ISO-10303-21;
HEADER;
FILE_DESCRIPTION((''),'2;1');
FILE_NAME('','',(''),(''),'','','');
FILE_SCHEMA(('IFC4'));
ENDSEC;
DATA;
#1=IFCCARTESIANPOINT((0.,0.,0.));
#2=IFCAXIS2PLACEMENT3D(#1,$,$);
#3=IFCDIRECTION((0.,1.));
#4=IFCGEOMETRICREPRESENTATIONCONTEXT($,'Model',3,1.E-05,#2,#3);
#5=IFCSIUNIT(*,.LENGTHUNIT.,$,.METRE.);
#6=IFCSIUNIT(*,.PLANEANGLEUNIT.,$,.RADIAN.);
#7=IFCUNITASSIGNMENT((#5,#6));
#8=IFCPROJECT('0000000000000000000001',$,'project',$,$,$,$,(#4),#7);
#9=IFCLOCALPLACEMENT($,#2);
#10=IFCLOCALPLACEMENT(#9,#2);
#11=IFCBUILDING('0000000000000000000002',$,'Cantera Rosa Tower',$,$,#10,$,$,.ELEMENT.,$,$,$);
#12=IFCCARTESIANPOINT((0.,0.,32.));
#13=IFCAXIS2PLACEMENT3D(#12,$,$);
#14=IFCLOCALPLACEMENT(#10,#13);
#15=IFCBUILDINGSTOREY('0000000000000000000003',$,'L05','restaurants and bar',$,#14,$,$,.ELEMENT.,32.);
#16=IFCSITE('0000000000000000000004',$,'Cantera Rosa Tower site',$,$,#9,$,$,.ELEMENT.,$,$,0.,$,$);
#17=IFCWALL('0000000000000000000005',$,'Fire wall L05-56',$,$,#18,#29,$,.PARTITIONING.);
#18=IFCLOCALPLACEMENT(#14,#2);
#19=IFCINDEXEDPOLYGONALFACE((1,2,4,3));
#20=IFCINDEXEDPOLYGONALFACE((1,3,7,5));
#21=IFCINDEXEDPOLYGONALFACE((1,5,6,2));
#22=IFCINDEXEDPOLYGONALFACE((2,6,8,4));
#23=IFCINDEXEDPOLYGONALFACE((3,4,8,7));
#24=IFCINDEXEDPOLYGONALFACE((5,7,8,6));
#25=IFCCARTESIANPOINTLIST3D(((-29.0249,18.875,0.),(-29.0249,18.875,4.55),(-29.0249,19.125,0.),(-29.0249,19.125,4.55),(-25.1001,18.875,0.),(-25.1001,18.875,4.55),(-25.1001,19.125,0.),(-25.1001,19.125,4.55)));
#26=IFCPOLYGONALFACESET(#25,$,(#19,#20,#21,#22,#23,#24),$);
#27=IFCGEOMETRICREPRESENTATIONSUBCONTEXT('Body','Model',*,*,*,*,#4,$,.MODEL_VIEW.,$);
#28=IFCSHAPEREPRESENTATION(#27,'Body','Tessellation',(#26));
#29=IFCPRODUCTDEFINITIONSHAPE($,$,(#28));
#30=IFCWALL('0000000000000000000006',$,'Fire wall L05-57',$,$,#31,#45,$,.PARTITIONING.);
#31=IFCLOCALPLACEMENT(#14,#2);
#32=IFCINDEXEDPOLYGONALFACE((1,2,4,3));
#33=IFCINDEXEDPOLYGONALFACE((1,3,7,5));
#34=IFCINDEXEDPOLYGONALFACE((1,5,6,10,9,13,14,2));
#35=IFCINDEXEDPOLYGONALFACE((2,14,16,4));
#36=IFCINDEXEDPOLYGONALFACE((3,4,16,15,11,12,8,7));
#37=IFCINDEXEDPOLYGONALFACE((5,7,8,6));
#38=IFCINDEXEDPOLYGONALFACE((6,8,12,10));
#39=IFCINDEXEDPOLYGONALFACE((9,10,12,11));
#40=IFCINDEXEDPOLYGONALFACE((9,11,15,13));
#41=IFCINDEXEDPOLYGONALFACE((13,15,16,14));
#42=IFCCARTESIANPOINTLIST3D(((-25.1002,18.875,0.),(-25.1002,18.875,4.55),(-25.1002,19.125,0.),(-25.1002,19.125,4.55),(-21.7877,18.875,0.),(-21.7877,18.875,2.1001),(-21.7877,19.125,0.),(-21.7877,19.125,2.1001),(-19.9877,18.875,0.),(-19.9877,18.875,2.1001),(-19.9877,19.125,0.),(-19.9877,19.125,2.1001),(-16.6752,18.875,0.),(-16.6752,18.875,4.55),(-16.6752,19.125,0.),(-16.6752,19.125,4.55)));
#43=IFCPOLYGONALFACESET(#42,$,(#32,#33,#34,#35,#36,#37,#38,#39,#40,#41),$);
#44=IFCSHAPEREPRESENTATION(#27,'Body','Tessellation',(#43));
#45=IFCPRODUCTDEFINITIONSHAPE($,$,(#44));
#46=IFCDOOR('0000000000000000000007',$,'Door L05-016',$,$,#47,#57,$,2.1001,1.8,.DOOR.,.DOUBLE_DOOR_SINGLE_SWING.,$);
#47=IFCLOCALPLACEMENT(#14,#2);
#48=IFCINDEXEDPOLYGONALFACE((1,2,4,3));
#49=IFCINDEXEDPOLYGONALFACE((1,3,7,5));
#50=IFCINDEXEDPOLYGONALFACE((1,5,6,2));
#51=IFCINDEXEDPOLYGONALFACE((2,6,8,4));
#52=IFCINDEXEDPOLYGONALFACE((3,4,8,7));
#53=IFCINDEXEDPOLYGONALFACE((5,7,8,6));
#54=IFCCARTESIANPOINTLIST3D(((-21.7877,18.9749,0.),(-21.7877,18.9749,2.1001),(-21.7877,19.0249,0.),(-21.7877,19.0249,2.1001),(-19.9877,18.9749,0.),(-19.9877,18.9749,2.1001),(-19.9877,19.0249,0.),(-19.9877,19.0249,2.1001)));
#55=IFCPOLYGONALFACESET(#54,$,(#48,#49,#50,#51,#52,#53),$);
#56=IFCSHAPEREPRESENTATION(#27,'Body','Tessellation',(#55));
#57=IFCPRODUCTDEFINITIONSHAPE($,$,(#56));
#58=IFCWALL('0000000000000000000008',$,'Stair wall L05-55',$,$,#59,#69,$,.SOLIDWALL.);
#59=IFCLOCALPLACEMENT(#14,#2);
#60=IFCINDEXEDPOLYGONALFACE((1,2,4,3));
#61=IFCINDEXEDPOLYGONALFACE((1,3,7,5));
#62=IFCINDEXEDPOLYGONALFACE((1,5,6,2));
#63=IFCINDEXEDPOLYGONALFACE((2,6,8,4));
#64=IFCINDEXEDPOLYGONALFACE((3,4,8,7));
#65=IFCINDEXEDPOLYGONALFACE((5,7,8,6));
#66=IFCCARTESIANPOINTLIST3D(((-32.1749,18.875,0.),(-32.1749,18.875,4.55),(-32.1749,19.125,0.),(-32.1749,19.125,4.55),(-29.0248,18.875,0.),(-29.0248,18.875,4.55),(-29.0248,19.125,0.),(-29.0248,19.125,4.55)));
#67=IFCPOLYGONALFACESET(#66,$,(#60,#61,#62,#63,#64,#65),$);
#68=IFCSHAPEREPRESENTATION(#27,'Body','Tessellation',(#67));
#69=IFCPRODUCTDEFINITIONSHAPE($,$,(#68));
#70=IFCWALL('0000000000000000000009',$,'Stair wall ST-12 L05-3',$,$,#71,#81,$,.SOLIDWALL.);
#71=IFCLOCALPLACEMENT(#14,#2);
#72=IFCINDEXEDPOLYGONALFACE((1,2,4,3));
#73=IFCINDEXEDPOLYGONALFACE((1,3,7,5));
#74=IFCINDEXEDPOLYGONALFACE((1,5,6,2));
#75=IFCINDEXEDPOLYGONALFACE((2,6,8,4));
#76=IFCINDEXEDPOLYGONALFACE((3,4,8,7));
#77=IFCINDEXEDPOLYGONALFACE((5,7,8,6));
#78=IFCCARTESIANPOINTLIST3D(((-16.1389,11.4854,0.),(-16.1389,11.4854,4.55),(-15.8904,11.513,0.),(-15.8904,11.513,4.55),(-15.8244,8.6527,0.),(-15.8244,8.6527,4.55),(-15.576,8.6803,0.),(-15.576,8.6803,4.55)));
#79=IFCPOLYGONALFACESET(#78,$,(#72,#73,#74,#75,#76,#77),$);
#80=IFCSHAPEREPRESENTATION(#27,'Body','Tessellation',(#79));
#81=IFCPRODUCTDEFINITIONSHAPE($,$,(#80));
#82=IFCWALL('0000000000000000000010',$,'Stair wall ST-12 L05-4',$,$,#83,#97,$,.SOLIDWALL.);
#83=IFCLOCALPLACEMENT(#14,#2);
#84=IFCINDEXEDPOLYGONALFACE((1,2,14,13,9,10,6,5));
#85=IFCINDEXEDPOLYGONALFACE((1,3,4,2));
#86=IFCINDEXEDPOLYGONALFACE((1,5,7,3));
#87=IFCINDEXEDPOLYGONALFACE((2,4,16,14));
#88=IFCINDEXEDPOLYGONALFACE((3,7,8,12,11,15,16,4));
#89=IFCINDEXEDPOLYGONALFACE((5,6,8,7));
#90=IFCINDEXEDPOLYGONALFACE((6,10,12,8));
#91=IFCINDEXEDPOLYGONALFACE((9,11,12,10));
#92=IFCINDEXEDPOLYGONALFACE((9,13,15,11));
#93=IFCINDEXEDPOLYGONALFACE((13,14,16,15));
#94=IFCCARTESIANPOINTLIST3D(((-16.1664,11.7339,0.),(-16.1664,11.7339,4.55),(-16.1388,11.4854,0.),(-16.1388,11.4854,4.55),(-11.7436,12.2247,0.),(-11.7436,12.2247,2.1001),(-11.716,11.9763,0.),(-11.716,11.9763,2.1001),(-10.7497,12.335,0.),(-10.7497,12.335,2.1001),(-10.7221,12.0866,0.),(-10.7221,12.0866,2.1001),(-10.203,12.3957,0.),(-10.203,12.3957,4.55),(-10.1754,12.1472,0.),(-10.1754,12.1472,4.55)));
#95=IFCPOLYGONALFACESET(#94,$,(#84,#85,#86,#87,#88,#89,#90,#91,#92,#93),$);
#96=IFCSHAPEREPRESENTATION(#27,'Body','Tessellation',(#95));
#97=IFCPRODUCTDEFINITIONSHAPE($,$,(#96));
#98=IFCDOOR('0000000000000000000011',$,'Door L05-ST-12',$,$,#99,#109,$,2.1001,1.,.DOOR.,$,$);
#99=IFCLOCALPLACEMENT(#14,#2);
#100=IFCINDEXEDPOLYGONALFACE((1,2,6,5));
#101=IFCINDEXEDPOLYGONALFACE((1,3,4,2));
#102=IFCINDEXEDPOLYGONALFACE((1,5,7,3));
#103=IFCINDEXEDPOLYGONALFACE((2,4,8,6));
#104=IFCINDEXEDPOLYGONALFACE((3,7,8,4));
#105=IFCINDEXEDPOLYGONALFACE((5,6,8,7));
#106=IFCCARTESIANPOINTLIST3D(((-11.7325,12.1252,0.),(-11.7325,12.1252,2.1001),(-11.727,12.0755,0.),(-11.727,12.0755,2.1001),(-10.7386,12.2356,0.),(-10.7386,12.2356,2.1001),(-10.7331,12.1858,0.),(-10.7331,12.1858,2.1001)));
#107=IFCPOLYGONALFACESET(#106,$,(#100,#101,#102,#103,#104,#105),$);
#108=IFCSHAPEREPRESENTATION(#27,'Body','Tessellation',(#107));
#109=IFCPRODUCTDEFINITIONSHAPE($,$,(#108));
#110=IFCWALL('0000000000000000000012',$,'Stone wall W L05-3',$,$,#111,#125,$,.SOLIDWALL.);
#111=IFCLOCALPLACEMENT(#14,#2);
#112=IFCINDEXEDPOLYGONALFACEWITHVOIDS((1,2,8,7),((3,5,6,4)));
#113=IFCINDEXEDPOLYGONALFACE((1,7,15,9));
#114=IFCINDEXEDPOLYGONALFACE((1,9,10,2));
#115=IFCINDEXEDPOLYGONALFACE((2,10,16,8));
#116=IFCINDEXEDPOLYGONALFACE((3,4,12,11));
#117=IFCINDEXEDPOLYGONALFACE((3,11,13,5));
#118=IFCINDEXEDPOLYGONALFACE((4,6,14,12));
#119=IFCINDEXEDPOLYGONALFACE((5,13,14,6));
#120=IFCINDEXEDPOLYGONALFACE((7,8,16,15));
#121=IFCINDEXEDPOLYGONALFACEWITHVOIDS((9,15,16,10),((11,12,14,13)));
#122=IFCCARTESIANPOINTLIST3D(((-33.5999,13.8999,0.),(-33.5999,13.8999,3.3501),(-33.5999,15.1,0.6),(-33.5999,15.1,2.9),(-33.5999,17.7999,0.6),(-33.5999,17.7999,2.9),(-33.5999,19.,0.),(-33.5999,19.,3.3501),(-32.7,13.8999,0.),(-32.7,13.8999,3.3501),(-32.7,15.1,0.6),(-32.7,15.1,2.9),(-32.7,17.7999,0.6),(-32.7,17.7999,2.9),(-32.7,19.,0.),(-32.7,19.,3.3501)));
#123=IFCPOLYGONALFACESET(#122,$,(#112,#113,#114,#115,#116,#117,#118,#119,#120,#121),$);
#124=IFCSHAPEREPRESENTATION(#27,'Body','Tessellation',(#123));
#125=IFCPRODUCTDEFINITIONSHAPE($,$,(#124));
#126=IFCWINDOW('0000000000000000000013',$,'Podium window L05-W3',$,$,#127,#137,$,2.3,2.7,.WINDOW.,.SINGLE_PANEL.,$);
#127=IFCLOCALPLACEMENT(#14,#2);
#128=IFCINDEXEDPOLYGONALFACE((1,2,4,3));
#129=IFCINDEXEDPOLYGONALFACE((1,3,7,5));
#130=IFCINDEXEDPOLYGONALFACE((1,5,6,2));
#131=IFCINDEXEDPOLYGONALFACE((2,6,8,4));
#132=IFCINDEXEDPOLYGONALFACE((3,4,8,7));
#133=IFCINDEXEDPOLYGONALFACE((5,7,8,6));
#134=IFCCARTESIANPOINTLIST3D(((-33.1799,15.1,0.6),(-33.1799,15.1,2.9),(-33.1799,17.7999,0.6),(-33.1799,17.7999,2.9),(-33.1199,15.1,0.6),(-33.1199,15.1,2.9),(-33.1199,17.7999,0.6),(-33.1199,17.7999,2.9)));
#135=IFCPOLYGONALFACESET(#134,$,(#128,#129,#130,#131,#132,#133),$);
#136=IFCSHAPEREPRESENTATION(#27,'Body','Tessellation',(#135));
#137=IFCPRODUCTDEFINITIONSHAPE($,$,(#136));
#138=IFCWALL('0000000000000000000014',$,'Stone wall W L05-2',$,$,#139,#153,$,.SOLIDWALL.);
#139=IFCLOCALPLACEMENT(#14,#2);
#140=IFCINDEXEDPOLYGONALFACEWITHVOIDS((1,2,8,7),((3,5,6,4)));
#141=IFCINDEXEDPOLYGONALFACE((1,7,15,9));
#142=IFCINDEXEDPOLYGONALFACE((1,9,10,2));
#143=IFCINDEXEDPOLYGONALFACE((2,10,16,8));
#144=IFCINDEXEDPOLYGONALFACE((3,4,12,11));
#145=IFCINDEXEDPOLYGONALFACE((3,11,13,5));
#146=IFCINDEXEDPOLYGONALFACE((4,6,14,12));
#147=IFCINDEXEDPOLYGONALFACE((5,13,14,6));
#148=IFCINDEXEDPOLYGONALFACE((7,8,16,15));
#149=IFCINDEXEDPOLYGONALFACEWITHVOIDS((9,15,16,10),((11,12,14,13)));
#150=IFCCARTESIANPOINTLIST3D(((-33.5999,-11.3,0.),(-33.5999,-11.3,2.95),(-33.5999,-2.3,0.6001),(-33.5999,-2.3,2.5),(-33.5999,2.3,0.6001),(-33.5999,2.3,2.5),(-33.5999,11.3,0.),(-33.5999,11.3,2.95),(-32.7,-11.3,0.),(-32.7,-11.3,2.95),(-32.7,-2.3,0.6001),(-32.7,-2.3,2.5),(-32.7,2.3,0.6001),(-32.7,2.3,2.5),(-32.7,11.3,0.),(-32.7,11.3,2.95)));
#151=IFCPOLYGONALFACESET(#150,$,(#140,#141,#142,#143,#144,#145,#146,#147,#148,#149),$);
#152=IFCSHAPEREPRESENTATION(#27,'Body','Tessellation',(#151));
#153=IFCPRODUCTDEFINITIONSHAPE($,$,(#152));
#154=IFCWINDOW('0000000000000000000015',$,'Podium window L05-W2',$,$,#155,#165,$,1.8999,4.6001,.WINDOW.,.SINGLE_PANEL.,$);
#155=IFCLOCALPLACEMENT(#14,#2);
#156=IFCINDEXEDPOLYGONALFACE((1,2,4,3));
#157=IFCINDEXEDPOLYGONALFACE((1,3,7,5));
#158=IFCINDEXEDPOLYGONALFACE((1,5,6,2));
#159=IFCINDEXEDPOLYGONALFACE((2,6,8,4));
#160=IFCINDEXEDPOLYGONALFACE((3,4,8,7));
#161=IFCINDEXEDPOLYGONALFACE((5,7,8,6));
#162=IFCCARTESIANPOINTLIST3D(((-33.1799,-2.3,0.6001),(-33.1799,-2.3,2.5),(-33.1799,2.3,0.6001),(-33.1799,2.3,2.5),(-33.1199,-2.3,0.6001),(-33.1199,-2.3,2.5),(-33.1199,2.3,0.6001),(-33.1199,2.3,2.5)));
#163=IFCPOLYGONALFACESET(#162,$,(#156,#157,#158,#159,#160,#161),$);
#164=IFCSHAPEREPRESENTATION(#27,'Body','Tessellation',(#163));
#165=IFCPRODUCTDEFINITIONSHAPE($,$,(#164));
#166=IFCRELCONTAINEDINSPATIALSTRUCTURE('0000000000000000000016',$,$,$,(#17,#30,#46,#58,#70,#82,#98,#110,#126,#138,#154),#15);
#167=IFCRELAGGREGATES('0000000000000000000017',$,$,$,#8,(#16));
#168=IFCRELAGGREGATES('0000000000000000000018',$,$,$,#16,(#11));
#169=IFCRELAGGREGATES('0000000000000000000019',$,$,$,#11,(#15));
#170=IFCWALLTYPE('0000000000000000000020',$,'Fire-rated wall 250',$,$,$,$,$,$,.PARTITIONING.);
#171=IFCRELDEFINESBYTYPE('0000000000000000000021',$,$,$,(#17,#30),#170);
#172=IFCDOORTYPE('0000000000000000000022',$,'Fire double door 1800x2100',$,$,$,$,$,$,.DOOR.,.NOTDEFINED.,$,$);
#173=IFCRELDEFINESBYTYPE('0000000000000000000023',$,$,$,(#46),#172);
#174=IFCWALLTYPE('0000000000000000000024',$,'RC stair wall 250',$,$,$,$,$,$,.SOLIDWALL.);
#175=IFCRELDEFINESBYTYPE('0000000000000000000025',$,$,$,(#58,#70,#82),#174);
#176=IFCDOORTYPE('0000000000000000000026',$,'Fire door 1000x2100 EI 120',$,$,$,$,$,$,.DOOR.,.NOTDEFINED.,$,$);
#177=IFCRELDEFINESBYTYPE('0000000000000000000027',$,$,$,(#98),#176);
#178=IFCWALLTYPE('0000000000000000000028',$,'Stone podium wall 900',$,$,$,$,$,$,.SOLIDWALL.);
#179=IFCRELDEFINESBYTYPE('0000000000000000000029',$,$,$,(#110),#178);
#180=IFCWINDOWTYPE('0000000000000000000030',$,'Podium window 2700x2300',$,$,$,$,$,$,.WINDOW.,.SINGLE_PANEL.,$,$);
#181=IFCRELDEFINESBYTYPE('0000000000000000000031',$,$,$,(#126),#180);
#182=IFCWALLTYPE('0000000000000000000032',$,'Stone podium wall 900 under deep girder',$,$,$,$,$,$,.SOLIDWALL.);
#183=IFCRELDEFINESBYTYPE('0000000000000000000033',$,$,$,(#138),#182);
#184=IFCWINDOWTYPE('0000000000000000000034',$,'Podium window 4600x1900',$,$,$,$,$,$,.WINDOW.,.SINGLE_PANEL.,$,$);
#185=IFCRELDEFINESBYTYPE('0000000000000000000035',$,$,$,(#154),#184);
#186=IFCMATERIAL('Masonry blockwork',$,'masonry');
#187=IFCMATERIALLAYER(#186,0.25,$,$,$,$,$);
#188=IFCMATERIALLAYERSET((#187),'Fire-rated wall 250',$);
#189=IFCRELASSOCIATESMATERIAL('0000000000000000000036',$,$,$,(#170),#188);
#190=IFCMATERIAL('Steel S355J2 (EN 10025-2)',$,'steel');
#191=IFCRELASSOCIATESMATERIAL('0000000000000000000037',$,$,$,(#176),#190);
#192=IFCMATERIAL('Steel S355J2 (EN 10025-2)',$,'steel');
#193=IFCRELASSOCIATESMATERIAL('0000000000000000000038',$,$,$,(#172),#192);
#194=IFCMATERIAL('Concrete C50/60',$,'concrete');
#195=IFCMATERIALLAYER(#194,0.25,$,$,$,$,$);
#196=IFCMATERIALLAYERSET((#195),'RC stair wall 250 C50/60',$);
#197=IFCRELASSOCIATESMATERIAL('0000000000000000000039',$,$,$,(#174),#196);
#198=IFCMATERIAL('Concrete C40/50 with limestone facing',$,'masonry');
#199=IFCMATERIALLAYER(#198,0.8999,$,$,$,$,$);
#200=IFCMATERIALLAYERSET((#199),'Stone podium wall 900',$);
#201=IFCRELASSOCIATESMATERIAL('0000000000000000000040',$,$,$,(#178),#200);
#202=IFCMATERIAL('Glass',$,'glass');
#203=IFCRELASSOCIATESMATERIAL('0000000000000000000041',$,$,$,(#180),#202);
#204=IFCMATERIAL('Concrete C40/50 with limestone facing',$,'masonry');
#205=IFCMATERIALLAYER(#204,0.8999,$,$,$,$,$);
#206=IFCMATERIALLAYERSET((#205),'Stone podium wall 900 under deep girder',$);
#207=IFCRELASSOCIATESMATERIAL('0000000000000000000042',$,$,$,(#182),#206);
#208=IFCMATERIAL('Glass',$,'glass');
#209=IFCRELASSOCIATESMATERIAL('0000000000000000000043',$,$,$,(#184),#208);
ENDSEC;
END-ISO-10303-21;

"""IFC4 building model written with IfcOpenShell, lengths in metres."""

from ifc_helpers import new_model, si_unit, direction, frame, frame_2d, origin, place, context, subcontext, project, spatial, rectangle, extrude, material, layer, layer_set, type_object, element, fill, save


model = new_model("IFC4")

# Units and contexts
model_context = context("Model", 3, precision=1e-05, world=origin(), true_north=direction((0.0, 1.0)))
body_context = subcontext(model_context, "Body", "Model", "MODEL_VIEW")
ifc_project = project(units=[si_unit("LENGTHUNIT", "METRE"), si_unit("PLANEANGLEUNIT", "RADIAN")], contexts=[model_context])

# Site, building, storey
site_placement = place(None, origin())
site = spatial("IfcSite", under=ifc_project, at=site_placement, Name="Cantera Rosa Tower site", CompositionType="ELEMENT", RefElevation=0.0)
building_placement = place(site_placement, origin())
building = spatial("IfcBuilding", under=site, at=building_placement, Name="Cantera Rosa Tower", CompositionType="ELEMENT")
storey_placement = place(building_placement, frame((0.0, 0.0, 32.0)))
storey = spatial("IfcBuildingStorey", under=building, at=storey_placement, Name="L05", Description="restaurants and bar", CompositionType="ELEMENT", Elevation=32.0)

# Shared definitions
ifc_material_1 = material(Name="Masonry blockwork", Category="masonry")
ifc_layer_1 = layer(ifc_material_1, 0.25)
ifc_layer_set_1 = layer_set([ifc_layer_1], Name="Fire-rated wall 250")
wall_type_1 = type_object("IfcWallType", Name="Fire-rated wall 250", PredefinedType="PARTITIONING", material=ifc_layer_set_1)

# Shared definitions
ifc_material_2 = material(Name="Steel S355J2 (EN 10025-2)", Category="steel")
door_type_1 = type_object("IfcDoorType", Name="Fire door 1000x2100 EI 120", OperationType="NOTDEFINED", PredefinedType="DOOR", material=ifc_material_2)

# Wall
wall_1_placement = place(storey_placement, frame((-29.0249, 19.0, 0.0), z_axis=(0.0, 0.0, 1.0), x_axis=(1.0, 0.0, 0.0)))
element("IfcWall", 1, at=wall_1_placement, inside=storey, type_object=wall_type_1, Name="Fire wall L05-56", PredefinedType="PARTITIONING", context=body_context, shape_type="SweptSolid", body=[
    extrude(rectangle(XDim=3.9248, YDim=0.25, at=frame_2d((1.9624, 0.0))), origin(), (0.0, 0.0, 1.0), 4.55),
])

# Wall, opening, door
wall_2_placement = place(storey_placement, frame((-25.1001, 19.0, 0.0), z_axis=(0.0, 0.0, 1.0), x_axis=(1.0, 0.0, 0.0)))
wall_2 = element("IfcWall", 2, at=wall_2_placement, inside=storey, type_object=wall_type_1, Name="Fire wall L05-57", PredefinedType="PARTITIONING", context=body_context, shape_type="SweptSolid", body=[
    extrude(rectangle(XDim=8.425, YDim=0.25, at=frame_2d((4.2124, 0.0))), origin(), (0.0, 0.0, 1.0), 4.55),
])
opening_1_placement = place(wall_2_placement, frame((3.3125, 0.0, 0.0)))
opening_1 = element("IfcOpeningElement", 3, at=opening_1_placement, cuts=wall_2, PredefinedType="OPENING", context=body_context, shape_type="SweptSolid", body=[
    extrude(rectangle(XDim=1.8, YDim=2.1001, at=frame_2d((0.8999, 1.05))), frame((0.0, 0.135, 0.0), z_axis=(0.0, -1.0, 0.0), x_axis=(1.0, 0.0, 0.0)), (0.0, 0.0, 1.0), 0.27),
])
ifc_material_3 = material(Name="Steel S355J2 (EN 10025-2)", Category="steel")
door_type_2 = type_object("IfcDoorType", Name="Fire double door 1800x2100", OperationType="NOTDEFINED", PredefinedType="DOOR", material=ifc_material_3)
door_1_placement = place(opening_1_placement, origin())
door_1 = element("IfcDoor", 4, at=door_1_placement, inside=storey, type_object=door_type_2, Name="Door L05-016", OperationType="DOUBLE_DOOR_SINGLE_SWING", OverallHeight=2.1001, OverallWidth=1.8, PredefinedType="DOOR", context=body_context, shape_type="SweptSolid", body=[
    extrude(rectangle(XDim=1.8, YDim=2.1001, at=frame_2d((0.8999, 1.05))), frame((0.0, 0.0249, 0.0), z_axis=(0.0, -1.0, 0.0), x_axis=(1.0, 0.0, 0.0)), (0.0, 0.0, 1.0), 0.05),
])
fill(opening_1, door_1)

# Walls
ifc_material_4 = material(Name="Concrete C50/60", Category="concrete")
ifc_layer_2 = layer(ifc_material_4, 0.25)
ifc_layer_set_2 = layer_set([ifc_layer_2], Name="RC stair wall 250 C50/60")
wall_type_2 = type_object("IfcWallType", Name="RC stair wall 250", PredefinedType="SOLIDWALL", material=ifc_layer_set_2)
wall_3_placement = place(storey_placement, frame((-32.175, 19.0, 0.0), z_axis=(0.0, 0.0, 1.0), x_axis=(1.0, 0.0, 0.0)))
element("IfcWall", 5, at=wall_3_placement, inside=storey, type_object=wall_type_2, Name="Stair wall L05-55", PredefinedType="SOLIDWALL", context=body_context, shape_type="SweptSolid", body=[
    extrude(rectangle(XDim=3.1501, YDim=0.25, at=frame_2d((1.5752, 0.0))), origin(), (0.0, 0.0, 1.0), 4.55),
])
wall_4_placement = place(storey_placement, frame((-15.7002, 8.6665, 0.0), z_axis=(0.0, 0.0, 1.0), x_axis=(-0.110328, 0.993895, 0.0)))
element("IfcWall", 6, at=wall_4_placement, inside=storey, type_object=wall_type_2, Name="Stair wall ST-12 L05-3", PredefinedType="SOLIDWALL", context=body_context, shape_type="SweptSolid", body=[
    extrude(rectangle(XDim=2.8501, YDim=0.25, at=frame_2d((1.425, 0.0))), origin(), (0.0, 0.0, 1.0), 4.55),
])

# Wall, opening, door
wall_5_placement = place(storey_placement, frame((-16.1526, 11.6096, 0.0), z_axis=(0.0, 0.0, 1.0), x_axis=(0.993897, 0.110311, 0.0)))
wall_5 = element("IfcWall", 7, at=wall_5_placement, inside=storey, type_object=wall_type_2, Name="Stair wall ST-12 L05-4", PredefinedType="SOLIDWALL", context=body_context, shape_type="SweptSolid", body=[
    extrude(rectangle(XDim=6.0, YDim=0.25, at=frame_2d((3.0, 0.0))), origin(), (0.0, 0.0, 1.0), 4.55),
])
opening_2_placement = place(wall_5_placement, frame((4.45, 0.0, 0.0)))
opening_2 = element("IfcOpeningElement", 8, at=opening_2_placement, cuts=wall_5, PredefinedType="OPENING", context=body_context, shape_type="SweptSolid", body=[
    extrude(rectangle(XDim=1.0, YDim=2.1001, at=frame_2d((0.5, 1.05))), frame((0.0, 0.135, 0.0), z_axis=(0.0, -1.0, 0.0), x_axis=(1.0, 0.0, 0.0)), (0.0, 0.0, 1.0), 0.27),
])
door_2_placement = place(opening_2_placement, origin())
door_2 = element("IfcDoor", 9, at=door_2_placement, inside=storey, type_object=door_type_1, Name="Door L05-ST-12", OverallHeight=2.1001, OverallWidth=1.0, PredefinedType="DOOR", context=body_context, shape_type="SweptSolid", body=[
    extrude(rectangle(XDim=1.0, YDim=2.1001, at=frame_2d((0.5, 1.05))), frame((0.0, 0.0249, 0.0), z_axis=(0.0, -1.0, 0.0), x_axis=(1.0, 0.0, 0.0)), (0.0, 0.0, 1.0), 0.05),
])
fill(opening_2, door_2)

# Walls, openings, windows
ifc_material_5 = material(Name="Concrete C40/50 with limestone facing", Category="masonry")
ifc_layer_3 = layer(ifc_material_5, 0.8999)
ifc_layer_set_3 = layer_set([ifc_layer_3], Name="Stone podium wall 900")
wall_type_3 = type_object("IfcWallType", Name="Stone podium wall 900", PredefinedType="SOLIDWALL", material=ifc_layer_set_3)
wall_6_placement = place(storey_placement, frame((-33.1499, 19.0, 0.0), z_axis=(0.0, 0.0, 1.0), x_axis=(0.0, -1.0, 0.0)))
wall_6 = element("IfcWall", 10, at=wall_6_placement, inside=storey, type_object=wall_type_3, Name="Stone wall W L05-3", PredefinedType="SOLIDWALL", context=body_context, shape_type="SweptSolid", body=[
    extrude(rectangle(XDim=5.1001, YDim=0.8999, at=frame_2d((2.55, 0.0))), origin(), (0.0, 0.0, 1.0), 3.3501),
])
opening_3_placement = place(wall_6_placement, frame((1.2, 0.0, 0.6001)))
opening_3 = element("IfcOpeningElement", 11, at=opening_3_placement, cuts=wall_6, PredefinedType="OPENING", context=body_context, shape_type="SweptSolid", body=[
    extrude(rectangle(XDim=2.7, YDim=2.3, at=frame_2d((1.3501, 1.1499))), frame((0.0, 0.46, 0.0), z_axis=(0.0, -1.0, 0.0), x_axis=(1.0, 0.0, 0.0)), (0.0, 0.0, 1.0), 0.9199),
])
ifc_material_6 = material(Name="Glass", Category="glass")
window_type_1 = type_object("IfcWindowType", Name="Podium window 2700x2300", PartitioningType="SINGLE_PANEL", PredefinedType="WINDOW", material=ifc_material_6)
window_1_placement = place(opening_3_placement, origin())
window_1 = element("IfcWindow", 12, at=window_1_placement, inside=storey, type_object=window_type_1, Name="Podium window L05-W3", OverallHeight=2.3, OverallWidth=2.7, PartitioningType="SINGLE_PANEL", PredefinedType="WINDOW", context=body_context, shape_type="SweptSolid", body=[
    extrude(rectangle(XDim=2.7, YDim=2.3, at=frame_2d((1.3501, 1.1499))), frame((0.0, 0.03, 0.0), z_axis=(0.0, -1.0, 0.0), x_axis=(1.0, 0.0, 0.0)), (0.0, 0.0, 1.0), 0.0601),
])
fill(opening_3, window_1)
ifc_material_7 = material(Name="Concrete C40/50 with limestone facing", Category="masonry")
ifc_layer_4 = layer(ifc_material_7, 0.8999)
ifc_layer_set_4 = layer_set([ifc_layer_4], Name="Stone podium wall 900 under deep girder")
wall_type_4 = type_object("IfcWallType", Name="Stone podium wall 900 under deep girder", PredefinedType="SOLIDWALL", material=ifc_layer_set_4)
wall_7_placement = place(storey_placement, frame((-33.1499, 11.3, 0.0), z_axis=(0.0, 0.0, 1.0), x_axis=(0.0, -1.0, 0.0)))
wall_7 = element("IfcWall", 13, at=wall_7_placement, inside=storey, type_object=wall_type_4, Name="Stone wall W L05-2", PredefinedType="SOLIDWALL", context=body_context, shape_type="SweptSolid", body=[
    extrude(rectangle(XDim=22.6001, YDim=0.8999, at=frame_2d((11.3, 0.0))), origin(), (0.0, 0.0, 1.0), 2.95),
])
opening_4_placement = place(wall_7_placement, frame((9.0, 0.0, 0.6001)))
opening_4 = element("IfcOpeningElement", 14, at=opening_4_placement, cuts=wall_7, PredefinedType="OPENING", context=body_context, shape_type="SweptSolid", body=[
    extrude(rectangle(XDim=4.6001, YDim=1.8999, at=frame_2d((2.3, 0.95))), frame((0.0, 0.46, 0.0), z_axis=(0.0, -1.0, 0.0), x_axis=(1.0, 0.0, 0.0)), (0.0, 0.0, 1.0), 0.9199),
])
ifc_material_8 = material(Name="Glass", Category="glass")
window_type_2 = type_object("IfcWindowType", Name="Podium window 4600x1900", PartitioningType="SINGLE_PANEL", PredefinedType="WINDOW", material=ifc_material_8)
window_2_placement = place(opening_4_placement, origin())
window_2 = element("IfcWindow", 15, at=window_2_placement, inside=storey, type_object=window_type_2, Name="Podium window L05-W2", OverallHeight=1.8999, OverallWidth=4.6001, PartitioningType="SINGLE_PANEL", PredefinedType="WINDOW", context=body_context, shape_type="SweptSolid", body=[
    extrude(rectangle(XDim=4.6001, YDim=1.8999, at=frame_2d((2.3, 0.95))), frame((0.0, 0.03, 0.0), z_axis=(0.0, -1.0, 0.0), x_axis=(1.0, 0.0, 0.0)), (0.0, 0.0, 1.0), 0.0601),
])
fill(opening_4, window_2)

save(model, "model.ifc")
